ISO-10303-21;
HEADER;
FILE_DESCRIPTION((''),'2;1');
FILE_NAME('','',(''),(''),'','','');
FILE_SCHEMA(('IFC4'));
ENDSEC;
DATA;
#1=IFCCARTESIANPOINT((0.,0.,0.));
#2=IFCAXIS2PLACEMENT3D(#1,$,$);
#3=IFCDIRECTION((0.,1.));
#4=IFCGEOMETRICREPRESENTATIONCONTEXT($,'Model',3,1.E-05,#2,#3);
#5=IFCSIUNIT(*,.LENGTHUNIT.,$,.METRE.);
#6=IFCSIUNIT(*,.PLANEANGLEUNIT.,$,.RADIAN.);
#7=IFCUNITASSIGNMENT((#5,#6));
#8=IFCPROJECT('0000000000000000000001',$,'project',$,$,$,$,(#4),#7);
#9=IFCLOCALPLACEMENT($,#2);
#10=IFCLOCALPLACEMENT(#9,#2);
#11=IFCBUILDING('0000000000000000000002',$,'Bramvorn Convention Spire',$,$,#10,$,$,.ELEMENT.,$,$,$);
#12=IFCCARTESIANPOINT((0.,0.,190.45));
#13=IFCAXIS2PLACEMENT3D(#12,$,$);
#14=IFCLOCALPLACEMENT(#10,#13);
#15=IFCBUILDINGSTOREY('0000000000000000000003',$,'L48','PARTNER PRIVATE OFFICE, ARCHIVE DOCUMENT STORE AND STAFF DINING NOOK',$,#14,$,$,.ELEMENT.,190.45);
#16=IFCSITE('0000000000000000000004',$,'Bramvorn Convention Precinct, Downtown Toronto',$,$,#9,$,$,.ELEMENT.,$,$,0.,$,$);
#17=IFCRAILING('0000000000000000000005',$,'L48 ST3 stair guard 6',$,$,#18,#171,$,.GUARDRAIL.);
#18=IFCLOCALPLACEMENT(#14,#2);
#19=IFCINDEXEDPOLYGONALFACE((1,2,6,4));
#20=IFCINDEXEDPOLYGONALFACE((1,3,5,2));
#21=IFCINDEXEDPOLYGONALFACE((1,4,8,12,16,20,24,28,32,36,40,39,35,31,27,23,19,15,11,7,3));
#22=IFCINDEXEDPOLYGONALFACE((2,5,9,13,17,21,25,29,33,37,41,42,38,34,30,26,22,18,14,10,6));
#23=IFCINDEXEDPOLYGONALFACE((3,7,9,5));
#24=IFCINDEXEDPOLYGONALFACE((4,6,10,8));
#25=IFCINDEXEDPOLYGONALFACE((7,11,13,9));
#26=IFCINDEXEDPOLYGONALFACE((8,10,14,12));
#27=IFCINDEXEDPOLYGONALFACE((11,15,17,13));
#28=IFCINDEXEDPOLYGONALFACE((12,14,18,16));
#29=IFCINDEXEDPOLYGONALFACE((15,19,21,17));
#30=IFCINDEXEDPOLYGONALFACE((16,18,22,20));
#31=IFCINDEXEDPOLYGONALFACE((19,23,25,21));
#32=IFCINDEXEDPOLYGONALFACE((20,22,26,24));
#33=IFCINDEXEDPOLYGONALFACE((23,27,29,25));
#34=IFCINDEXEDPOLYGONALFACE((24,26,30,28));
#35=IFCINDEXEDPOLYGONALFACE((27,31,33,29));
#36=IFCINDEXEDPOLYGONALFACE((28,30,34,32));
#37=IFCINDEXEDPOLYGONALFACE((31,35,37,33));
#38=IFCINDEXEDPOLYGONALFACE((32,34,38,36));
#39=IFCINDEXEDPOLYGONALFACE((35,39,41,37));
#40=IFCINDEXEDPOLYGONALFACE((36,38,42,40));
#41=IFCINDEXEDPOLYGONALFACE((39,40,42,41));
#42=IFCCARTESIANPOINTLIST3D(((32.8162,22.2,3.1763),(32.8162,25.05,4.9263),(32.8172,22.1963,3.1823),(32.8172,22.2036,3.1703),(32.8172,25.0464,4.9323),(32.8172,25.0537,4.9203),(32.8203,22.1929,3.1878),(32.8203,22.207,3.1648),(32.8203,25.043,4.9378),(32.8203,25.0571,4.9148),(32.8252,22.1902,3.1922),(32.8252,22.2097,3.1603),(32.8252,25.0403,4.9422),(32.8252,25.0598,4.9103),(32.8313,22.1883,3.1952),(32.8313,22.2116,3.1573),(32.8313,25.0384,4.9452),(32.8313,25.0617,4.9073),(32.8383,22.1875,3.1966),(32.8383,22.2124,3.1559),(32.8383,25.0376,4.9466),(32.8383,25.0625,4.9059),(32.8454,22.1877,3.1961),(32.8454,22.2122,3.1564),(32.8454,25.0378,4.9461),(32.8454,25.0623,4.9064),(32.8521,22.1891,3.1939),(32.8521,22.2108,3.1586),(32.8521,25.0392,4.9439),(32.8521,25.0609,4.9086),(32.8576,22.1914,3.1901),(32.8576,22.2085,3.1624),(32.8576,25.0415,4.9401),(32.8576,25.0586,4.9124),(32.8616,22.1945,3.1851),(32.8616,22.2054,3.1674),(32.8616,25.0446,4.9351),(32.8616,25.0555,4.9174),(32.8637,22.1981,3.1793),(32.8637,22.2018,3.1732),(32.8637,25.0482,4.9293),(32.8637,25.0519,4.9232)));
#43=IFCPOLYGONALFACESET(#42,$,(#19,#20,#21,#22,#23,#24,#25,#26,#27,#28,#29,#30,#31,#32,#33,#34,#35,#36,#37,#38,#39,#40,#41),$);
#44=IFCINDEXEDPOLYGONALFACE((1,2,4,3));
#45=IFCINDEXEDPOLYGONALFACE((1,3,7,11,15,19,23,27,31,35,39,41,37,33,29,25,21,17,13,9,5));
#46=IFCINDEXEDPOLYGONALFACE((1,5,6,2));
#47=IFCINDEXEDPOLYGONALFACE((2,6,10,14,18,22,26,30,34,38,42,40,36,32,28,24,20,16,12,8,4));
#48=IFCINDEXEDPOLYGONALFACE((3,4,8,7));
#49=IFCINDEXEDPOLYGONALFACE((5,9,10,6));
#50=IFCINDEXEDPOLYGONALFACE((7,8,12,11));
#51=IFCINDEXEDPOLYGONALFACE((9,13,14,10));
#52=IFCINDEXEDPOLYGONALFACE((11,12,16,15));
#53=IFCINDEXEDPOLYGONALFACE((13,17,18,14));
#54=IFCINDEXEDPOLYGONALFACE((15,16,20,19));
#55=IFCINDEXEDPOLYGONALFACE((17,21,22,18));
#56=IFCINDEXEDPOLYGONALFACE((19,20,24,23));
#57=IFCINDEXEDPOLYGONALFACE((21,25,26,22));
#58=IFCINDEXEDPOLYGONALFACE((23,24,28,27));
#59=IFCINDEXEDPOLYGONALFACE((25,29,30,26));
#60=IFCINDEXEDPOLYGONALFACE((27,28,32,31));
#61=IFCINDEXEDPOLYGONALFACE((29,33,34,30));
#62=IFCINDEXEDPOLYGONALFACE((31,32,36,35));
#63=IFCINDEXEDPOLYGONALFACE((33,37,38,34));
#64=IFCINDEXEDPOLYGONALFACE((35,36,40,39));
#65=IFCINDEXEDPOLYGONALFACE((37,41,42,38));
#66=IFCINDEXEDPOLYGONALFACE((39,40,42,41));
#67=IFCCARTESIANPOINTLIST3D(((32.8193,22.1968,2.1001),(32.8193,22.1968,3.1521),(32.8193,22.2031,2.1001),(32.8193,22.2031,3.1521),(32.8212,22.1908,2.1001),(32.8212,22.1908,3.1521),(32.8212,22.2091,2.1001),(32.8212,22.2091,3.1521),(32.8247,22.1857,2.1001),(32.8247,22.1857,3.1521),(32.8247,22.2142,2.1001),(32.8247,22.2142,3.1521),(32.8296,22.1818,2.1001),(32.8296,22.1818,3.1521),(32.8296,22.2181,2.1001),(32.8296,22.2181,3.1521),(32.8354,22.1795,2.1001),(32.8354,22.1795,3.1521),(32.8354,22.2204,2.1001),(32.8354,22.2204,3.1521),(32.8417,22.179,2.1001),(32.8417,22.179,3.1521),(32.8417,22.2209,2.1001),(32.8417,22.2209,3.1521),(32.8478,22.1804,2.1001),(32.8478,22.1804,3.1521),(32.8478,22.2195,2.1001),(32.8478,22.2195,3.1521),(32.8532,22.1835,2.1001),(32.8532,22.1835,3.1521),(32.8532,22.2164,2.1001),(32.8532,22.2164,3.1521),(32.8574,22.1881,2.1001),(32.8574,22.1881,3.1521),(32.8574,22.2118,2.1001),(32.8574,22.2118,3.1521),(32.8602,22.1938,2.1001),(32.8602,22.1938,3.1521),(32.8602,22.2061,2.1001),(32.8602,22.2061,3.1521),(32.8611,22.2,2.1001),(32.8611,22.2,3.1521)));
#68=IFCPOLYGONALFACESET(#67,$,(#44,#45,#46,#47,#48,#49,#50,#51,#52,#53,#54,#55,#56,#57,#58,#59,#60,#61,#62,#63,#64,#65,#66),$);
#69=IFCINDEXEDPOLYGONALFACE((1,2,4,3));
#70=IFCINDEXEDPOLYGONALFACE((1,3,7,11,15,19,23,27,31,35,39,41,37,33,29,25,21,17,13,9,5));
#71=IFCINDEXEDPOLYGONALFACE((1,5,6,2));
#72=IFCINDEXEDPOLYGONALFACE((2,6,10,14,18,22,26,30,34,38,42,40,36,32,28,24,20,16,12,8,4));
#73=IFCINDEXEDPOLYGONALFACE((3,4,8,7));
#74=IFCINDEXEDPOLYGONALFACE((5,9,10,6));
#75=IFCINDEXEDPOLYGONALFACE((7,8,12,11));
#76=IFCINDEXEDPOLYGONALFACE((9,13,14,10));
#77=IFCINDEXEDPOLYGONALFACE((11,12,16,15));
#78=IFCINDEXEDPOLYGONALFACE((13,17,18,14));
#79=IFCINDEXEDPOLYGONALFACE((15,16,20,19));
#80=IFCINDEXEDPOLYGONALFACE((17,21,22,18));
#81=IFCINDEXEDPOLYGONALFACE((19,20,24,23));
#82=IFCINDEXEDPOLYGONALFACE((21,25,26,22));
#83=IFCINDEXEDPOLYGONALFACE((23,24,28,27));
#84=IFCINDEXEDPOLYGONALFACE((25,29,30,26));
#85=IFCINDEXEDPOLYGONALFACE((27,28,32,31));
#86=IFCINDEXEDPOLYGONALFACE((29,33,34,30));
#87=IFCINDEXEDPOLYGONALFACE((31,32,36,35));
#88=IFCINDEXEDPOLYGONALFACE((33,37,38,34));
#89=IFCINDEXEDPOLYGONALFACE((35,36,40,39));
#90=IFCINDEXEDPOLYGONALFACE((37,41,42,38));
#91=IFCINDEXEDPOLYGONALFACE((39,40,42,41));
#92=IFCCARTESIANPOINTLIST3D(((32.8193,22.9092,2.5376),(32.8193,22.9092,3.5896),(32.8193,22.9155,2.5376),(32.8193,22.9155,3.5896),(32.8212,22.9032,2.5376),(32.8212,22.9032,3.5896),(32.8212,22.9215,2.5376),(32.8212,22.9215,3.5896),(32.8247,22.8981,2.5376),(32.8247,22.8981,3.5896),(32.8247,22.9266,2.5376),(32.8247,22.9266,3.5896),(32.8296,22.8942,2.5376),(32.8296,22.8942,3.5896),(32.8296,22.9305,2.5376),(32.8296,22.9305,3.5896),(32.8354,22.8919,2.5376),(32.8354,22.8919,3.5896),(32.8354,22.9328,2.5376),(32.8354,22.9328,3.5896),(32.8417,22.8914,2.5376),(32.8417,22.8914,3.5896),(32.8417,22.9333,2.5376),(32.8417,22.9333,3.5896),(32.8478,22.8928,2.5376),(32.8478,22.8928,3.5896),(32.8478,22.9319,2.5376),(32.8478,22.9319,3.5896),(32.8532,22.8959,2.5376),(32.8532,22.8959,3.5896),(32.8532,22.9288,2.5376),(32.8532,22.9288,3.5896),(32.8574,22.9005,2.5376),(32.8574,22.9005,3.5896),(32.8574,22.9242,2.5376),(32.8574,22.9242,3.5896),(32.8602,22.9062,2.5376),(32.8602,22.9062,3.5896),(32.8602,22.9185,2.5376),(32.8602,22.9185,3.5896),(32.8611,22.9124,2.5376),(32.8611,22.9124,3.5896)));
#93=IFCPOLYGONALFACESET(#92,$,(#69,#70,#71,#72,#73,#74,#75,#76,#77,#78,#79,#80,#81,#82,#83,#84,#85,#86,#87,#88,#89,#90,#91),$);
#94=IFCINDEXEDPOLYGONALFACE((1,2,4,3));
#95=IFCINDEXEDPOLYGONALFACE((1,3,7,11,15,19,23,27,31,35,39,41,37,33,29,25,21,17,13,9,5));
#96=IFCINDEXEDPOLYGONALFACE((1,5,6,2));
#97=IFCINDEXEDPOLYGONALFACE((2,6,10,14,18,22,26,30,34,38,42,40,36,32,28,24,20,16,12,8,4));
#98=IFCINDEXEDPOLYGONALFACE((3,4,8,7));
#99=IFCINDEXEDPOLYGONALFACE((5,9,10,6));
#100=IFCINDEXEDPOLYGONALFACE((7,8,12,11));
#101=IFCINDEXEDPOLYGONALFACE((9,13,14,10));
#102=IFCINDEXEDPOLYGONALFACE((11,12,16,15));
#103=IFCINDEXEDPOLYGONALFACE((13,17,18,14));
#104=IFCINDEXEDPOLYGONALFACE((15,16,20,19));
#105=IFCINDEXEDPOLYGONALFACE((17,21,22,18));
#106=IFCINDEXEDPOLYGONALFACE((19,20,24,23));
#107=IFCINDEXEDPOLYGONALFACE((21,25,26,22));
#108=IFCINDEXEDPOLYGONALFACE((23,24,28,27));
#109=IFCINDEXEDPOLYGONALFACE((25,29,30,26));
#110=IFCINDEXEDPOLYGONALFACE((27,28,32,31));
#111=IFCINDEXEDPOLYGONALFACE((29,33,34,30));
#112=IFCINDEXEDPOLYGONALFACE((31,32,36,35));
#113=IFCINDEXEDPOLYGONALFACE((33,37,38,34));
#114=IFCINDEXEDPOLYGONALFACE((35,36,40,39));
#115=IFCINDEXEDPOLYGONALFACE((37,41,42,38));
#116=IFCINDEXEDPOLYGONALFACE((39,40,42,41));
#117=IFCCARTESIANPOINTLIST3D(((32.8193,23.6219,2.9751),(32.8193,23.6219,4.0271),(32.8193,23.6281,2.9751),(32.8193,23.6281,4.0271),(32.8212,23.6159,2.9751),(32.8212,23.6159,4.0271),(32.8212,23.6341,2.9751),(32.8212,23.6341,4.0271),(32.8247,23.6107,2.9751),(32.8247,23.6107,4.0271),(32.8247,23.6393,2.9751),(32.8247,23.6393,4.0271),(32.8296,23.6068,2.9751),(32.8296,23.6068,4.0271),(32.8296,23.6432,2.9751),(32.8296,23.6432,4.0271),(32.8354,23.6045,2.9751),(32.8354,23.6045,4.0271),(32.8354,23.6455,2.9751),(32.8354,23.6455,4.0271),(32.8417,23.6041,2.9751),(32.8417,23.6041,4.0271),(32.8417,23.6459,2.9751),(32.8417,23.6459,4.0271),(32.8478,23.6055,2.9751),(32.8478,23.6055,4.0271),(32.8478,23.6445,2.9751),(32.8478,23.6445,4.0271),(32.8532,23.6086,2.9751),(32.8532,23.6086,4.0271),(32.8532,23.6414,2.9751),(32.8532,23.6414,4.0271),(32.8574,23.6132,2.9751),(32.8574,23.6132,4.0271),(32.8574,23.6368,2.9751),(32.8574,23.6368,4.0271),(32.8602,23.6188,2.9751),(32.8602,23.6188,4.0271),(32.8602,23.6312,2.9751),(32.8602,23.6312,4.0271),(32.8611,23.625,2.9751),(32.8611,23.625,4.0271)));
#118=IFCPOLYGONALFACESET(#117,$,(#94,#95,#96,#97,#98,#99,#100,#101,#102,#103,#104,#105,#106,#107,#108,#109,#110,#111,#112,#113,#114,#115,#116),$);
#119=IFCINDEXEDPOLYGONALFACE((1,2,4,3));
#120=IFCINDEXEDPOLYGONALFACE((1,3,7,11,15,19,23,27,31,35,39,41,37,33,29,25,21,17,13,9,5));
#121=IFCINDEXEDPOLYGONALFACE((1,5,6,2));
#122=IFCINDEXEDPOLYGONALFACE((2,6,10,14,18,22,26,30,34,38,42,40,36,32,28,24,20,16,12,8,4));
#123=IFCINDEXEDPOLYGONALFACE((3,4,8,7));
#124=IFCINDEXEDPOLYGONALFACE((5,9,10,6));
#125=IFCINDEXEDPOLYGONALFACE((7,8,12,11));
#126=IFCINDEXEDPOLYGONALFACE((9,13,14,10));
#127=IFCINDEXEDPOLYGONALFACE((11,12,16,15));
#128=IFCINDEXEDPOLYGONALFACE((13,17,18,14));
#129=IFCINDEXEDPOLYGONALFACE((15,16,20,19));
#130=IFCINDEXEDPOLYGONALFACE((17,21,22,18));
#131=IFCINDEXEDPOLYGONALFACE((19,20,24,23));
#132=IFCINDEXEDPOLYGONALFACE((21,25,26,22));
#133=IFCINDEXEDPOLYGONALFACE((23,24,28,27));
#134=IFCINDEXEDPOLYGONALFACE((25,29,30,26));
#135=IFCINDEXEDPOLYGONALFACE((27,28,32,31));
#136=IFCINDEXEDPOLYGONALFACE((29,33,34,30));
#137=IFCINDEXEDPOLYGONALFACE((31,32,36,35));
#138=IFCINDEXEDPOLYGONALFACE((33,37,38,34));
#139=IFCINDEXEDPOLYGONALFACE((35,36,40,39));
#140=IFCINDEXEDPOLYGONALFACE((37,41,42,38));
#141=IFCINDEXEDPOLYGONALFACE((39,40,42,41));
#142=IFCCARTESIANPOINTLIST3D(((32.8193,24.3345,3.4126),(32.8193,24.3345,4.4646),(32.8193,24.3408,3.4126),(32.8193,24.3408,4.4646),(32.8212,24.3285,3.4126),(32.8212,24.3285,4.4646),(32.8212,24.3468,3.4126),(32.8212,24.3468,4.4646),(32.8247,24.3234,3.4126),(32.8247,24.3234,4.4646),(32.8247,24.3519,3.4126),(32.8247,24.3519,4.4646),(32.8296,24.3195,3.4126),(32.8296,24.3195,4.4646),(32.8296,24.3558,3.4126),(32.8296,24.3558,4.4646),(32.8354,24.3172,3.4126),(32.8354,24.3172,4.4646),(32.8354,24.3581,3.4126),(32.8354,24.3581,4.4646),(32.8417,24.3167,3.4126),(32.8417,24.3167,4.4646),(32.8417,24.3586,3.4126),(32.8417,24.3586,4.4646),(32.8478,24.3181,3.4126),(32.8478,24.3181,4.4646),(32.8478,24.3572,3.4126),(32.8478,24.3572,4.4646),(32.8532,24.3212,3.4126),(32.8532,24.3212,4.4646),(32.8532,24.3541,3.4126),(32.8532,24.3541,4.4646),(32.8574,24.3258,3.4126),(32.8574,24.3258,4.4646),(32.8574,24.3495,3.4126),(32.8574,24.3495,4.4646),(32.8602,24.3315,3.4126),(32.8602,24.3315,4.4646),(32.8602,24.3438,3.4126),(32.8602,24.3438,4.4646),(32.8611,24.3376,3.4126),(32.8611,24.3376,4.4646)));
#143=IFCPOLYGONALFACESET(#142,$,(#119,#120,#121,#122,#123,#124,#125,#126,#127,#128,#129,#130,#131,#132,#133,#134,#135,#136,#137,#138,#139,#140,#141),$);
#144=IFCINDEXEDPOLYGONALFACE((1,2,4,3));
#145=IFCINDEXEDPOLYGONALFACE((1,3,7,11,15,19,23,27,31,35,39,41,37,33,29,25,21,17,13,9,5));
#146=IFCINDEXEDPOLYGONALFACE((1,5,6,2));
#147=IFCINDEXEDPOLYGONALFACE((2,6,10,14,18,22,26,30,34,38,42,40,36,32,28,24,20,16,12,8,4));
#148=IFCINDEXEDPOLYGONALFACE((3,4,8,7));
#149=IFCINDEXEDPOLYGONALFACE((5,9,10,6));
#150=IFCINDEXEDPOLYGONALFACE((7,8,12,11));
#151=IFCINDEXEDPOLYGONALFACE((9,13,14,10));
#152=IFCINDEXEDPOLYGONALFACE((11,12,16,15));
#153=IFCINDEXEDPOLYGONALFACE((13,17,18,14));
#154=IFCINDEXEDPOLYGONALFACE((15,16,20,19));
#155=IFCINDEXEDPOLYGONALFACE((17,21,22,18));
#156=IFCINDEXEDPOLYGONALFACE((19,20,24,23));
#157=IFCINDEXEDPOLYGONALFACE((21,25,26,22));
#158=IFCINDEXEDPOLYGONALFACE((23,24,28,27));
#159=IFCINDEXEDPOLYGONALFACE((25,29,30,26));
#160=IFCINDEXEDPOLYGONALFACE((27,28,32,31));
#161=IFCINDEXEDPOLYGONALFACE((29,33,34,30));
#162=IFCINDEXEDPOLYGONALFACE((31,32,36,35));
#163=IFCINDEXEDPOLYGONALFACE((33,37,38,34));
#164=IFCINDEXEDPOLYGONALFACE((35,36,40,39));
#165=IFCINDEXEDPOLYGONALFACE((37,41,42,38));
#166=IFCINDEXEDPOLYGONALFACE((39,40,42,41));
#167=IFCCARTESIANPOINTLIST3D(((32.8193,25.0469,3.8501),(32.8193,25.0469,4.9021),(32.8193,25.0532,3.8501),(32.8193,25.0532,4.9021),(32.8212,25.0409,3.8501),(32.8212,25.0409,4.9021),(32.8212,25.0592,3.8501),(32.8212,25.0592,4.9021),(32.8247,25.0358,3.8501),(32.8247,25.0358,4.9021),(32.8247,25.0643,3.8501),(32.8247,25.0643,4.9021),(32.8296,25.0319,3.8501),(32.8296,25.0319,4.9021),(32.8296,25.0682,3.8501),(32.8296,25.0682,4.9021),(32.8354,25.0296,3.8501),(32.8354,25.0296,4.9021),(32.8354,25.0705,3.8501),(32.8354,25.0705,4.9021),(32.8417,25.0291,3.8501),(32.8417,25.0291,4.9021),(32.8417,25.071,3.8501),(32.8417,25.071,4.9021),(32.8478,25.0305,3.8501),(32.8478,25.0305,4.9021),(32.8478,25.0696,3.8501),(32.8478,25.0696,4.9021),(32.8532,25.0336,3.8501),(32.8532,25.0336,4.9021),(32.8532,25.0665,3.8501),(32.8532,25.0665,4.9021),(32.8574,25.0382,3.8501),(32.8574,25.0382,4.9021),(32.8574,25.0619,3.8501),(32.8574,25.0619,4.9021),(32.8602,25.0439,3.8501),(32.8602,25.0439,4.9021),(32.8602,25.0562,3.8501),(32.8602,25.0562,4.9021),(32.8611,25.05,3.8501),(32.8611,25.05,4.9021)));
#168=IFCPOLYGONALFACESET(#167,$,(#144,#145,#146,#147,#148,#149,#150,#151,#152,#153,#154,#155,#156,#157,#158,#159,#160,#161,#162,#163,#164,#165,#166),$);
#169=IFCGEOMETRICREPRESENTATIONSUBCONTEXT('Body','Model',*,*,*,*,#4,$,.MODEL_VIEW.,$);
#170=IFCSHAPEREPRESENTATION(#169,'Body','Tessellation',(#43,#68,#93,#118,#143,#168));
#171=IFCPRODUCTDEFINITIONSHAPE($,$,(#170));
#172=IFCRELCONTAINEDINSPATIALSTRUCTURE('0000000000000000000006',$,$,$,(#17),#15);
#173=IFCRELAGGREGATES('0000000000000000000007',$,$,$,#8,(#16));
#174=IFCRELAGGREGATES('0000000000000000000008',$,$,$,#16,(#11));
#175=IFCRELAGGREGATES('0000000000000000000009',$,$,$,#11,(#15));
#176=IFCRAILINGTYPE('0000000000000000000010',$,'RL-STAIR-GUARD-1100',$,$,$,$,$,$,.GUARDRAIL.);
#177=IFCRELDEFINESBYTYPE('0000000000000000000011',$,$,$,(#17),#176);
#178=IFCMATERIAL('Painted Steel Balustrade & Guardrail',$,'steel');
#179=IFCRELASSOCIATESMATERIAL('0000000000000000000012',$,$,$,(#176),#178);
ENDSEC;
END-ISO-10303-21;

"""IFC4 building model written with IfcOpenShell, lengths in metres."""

from ifc_helpers import new_model, si_unit, direction, frame, origin, origin_2d, place, context, subcontext, project, spatial, circle, extrude, material, type_object, element, save


model = new_model("IFC4")

# Units and contexts
model_context = context("Model", 3, precision=1e-05, world=origin(), true_north=direction((0.0, 1.0)))
body_context = subcontext(model_context, "Body", "Model", "MODEL_VIEW")
ifc_project = project(units=[si_unit("LENGTHUNIT", "METRE"), si_unit("PLANEANGLEUNIT", "RADIAN")], contexts=[model_context])

# Site, building, storey
site_placement = place(None, origin())
site = spatial("IfcSite", under=ifc_project, at=site_placement, Name="Bramvorn Convention Precinct, Downtown Toronto", CompositionType="ELEMENT", RefElevation=0.0)
building_placement = place(site_placement, origin())
building = spatial("IfcBuilding", under=site, at=building_placement, Name="Bramvorn Convention Spire", CompositionType="ELEMENT")
storey_placement = place(building_placement, frame((0.0, 0.0, 190.45)))
storey = spatial("IfcBuildingStorey", under=building, at=storey_placement, Name="L48", Description="PARTNER PRIVATE OFFICE, ARCHIVE DOCUMENT STORE AND STAFF DINING NOOK", CompositionType="ELEMENT", Elevation=190.45)

# Railing
ifc_material_1 = material(Name="Painted Steel Balustrade & Guardrail", Category="steel")
railing_type_1 = type_object("IfcRailingType", Name="RL-STAIR-GUARD-1100", PredefinedType="GUARDRAIL", material=ifc_material_1)
railing_1_placement = place(storey_placement, frame((32.8401, 22.2, 2.1001)))
element("IfcRailing", 1, at=railing_1_placement, inside=storey, type_object=railing_type_1, Name="L48 ST3 stair guard 6", PredefinedType="GUARDRAIL", context=body_context, shape_type="SweptSolid", body=[
    extrude(circle(Radius=0.0239, at=origin_2d()), frame((0.0, 0.0, 1.0762), z_axis=(0.0, 0.852179, 0.52325), x_axis=(-1.0, 0.0, 0.0)), (0.0, 0.0, 1.0), 3.3445),
    extrude(circle(Radius=0.021, at=origin_2d()), origin(), (0.0, 0.0, 1.0), 1.052),
    extrude(circle(Radius=0.021, at=origin_2d()), frame((0.0, 0.7124, 0.4375)), (0.0, 0.0, 1.0), 1.052),
    extrude(circle(Radius=0.021, at=origin_2d()), frame((0.0, 1.425, 0.875)), (0.0, 0.0, 1.0), 1.052),
    extrude(circle(Radius=0.021, at=origin_2d()), frame((0.0, 2.1377, 1.3125)), (0.0, 0.0, 1.0), 1.052),
    extrude(circle(Radius=0.021, at=origin_2d()), frame((0.0, 2.8501, 1.75)), (0.0, 0.0, 1.0), 1.052),
])

save(model, "model.ifc")
